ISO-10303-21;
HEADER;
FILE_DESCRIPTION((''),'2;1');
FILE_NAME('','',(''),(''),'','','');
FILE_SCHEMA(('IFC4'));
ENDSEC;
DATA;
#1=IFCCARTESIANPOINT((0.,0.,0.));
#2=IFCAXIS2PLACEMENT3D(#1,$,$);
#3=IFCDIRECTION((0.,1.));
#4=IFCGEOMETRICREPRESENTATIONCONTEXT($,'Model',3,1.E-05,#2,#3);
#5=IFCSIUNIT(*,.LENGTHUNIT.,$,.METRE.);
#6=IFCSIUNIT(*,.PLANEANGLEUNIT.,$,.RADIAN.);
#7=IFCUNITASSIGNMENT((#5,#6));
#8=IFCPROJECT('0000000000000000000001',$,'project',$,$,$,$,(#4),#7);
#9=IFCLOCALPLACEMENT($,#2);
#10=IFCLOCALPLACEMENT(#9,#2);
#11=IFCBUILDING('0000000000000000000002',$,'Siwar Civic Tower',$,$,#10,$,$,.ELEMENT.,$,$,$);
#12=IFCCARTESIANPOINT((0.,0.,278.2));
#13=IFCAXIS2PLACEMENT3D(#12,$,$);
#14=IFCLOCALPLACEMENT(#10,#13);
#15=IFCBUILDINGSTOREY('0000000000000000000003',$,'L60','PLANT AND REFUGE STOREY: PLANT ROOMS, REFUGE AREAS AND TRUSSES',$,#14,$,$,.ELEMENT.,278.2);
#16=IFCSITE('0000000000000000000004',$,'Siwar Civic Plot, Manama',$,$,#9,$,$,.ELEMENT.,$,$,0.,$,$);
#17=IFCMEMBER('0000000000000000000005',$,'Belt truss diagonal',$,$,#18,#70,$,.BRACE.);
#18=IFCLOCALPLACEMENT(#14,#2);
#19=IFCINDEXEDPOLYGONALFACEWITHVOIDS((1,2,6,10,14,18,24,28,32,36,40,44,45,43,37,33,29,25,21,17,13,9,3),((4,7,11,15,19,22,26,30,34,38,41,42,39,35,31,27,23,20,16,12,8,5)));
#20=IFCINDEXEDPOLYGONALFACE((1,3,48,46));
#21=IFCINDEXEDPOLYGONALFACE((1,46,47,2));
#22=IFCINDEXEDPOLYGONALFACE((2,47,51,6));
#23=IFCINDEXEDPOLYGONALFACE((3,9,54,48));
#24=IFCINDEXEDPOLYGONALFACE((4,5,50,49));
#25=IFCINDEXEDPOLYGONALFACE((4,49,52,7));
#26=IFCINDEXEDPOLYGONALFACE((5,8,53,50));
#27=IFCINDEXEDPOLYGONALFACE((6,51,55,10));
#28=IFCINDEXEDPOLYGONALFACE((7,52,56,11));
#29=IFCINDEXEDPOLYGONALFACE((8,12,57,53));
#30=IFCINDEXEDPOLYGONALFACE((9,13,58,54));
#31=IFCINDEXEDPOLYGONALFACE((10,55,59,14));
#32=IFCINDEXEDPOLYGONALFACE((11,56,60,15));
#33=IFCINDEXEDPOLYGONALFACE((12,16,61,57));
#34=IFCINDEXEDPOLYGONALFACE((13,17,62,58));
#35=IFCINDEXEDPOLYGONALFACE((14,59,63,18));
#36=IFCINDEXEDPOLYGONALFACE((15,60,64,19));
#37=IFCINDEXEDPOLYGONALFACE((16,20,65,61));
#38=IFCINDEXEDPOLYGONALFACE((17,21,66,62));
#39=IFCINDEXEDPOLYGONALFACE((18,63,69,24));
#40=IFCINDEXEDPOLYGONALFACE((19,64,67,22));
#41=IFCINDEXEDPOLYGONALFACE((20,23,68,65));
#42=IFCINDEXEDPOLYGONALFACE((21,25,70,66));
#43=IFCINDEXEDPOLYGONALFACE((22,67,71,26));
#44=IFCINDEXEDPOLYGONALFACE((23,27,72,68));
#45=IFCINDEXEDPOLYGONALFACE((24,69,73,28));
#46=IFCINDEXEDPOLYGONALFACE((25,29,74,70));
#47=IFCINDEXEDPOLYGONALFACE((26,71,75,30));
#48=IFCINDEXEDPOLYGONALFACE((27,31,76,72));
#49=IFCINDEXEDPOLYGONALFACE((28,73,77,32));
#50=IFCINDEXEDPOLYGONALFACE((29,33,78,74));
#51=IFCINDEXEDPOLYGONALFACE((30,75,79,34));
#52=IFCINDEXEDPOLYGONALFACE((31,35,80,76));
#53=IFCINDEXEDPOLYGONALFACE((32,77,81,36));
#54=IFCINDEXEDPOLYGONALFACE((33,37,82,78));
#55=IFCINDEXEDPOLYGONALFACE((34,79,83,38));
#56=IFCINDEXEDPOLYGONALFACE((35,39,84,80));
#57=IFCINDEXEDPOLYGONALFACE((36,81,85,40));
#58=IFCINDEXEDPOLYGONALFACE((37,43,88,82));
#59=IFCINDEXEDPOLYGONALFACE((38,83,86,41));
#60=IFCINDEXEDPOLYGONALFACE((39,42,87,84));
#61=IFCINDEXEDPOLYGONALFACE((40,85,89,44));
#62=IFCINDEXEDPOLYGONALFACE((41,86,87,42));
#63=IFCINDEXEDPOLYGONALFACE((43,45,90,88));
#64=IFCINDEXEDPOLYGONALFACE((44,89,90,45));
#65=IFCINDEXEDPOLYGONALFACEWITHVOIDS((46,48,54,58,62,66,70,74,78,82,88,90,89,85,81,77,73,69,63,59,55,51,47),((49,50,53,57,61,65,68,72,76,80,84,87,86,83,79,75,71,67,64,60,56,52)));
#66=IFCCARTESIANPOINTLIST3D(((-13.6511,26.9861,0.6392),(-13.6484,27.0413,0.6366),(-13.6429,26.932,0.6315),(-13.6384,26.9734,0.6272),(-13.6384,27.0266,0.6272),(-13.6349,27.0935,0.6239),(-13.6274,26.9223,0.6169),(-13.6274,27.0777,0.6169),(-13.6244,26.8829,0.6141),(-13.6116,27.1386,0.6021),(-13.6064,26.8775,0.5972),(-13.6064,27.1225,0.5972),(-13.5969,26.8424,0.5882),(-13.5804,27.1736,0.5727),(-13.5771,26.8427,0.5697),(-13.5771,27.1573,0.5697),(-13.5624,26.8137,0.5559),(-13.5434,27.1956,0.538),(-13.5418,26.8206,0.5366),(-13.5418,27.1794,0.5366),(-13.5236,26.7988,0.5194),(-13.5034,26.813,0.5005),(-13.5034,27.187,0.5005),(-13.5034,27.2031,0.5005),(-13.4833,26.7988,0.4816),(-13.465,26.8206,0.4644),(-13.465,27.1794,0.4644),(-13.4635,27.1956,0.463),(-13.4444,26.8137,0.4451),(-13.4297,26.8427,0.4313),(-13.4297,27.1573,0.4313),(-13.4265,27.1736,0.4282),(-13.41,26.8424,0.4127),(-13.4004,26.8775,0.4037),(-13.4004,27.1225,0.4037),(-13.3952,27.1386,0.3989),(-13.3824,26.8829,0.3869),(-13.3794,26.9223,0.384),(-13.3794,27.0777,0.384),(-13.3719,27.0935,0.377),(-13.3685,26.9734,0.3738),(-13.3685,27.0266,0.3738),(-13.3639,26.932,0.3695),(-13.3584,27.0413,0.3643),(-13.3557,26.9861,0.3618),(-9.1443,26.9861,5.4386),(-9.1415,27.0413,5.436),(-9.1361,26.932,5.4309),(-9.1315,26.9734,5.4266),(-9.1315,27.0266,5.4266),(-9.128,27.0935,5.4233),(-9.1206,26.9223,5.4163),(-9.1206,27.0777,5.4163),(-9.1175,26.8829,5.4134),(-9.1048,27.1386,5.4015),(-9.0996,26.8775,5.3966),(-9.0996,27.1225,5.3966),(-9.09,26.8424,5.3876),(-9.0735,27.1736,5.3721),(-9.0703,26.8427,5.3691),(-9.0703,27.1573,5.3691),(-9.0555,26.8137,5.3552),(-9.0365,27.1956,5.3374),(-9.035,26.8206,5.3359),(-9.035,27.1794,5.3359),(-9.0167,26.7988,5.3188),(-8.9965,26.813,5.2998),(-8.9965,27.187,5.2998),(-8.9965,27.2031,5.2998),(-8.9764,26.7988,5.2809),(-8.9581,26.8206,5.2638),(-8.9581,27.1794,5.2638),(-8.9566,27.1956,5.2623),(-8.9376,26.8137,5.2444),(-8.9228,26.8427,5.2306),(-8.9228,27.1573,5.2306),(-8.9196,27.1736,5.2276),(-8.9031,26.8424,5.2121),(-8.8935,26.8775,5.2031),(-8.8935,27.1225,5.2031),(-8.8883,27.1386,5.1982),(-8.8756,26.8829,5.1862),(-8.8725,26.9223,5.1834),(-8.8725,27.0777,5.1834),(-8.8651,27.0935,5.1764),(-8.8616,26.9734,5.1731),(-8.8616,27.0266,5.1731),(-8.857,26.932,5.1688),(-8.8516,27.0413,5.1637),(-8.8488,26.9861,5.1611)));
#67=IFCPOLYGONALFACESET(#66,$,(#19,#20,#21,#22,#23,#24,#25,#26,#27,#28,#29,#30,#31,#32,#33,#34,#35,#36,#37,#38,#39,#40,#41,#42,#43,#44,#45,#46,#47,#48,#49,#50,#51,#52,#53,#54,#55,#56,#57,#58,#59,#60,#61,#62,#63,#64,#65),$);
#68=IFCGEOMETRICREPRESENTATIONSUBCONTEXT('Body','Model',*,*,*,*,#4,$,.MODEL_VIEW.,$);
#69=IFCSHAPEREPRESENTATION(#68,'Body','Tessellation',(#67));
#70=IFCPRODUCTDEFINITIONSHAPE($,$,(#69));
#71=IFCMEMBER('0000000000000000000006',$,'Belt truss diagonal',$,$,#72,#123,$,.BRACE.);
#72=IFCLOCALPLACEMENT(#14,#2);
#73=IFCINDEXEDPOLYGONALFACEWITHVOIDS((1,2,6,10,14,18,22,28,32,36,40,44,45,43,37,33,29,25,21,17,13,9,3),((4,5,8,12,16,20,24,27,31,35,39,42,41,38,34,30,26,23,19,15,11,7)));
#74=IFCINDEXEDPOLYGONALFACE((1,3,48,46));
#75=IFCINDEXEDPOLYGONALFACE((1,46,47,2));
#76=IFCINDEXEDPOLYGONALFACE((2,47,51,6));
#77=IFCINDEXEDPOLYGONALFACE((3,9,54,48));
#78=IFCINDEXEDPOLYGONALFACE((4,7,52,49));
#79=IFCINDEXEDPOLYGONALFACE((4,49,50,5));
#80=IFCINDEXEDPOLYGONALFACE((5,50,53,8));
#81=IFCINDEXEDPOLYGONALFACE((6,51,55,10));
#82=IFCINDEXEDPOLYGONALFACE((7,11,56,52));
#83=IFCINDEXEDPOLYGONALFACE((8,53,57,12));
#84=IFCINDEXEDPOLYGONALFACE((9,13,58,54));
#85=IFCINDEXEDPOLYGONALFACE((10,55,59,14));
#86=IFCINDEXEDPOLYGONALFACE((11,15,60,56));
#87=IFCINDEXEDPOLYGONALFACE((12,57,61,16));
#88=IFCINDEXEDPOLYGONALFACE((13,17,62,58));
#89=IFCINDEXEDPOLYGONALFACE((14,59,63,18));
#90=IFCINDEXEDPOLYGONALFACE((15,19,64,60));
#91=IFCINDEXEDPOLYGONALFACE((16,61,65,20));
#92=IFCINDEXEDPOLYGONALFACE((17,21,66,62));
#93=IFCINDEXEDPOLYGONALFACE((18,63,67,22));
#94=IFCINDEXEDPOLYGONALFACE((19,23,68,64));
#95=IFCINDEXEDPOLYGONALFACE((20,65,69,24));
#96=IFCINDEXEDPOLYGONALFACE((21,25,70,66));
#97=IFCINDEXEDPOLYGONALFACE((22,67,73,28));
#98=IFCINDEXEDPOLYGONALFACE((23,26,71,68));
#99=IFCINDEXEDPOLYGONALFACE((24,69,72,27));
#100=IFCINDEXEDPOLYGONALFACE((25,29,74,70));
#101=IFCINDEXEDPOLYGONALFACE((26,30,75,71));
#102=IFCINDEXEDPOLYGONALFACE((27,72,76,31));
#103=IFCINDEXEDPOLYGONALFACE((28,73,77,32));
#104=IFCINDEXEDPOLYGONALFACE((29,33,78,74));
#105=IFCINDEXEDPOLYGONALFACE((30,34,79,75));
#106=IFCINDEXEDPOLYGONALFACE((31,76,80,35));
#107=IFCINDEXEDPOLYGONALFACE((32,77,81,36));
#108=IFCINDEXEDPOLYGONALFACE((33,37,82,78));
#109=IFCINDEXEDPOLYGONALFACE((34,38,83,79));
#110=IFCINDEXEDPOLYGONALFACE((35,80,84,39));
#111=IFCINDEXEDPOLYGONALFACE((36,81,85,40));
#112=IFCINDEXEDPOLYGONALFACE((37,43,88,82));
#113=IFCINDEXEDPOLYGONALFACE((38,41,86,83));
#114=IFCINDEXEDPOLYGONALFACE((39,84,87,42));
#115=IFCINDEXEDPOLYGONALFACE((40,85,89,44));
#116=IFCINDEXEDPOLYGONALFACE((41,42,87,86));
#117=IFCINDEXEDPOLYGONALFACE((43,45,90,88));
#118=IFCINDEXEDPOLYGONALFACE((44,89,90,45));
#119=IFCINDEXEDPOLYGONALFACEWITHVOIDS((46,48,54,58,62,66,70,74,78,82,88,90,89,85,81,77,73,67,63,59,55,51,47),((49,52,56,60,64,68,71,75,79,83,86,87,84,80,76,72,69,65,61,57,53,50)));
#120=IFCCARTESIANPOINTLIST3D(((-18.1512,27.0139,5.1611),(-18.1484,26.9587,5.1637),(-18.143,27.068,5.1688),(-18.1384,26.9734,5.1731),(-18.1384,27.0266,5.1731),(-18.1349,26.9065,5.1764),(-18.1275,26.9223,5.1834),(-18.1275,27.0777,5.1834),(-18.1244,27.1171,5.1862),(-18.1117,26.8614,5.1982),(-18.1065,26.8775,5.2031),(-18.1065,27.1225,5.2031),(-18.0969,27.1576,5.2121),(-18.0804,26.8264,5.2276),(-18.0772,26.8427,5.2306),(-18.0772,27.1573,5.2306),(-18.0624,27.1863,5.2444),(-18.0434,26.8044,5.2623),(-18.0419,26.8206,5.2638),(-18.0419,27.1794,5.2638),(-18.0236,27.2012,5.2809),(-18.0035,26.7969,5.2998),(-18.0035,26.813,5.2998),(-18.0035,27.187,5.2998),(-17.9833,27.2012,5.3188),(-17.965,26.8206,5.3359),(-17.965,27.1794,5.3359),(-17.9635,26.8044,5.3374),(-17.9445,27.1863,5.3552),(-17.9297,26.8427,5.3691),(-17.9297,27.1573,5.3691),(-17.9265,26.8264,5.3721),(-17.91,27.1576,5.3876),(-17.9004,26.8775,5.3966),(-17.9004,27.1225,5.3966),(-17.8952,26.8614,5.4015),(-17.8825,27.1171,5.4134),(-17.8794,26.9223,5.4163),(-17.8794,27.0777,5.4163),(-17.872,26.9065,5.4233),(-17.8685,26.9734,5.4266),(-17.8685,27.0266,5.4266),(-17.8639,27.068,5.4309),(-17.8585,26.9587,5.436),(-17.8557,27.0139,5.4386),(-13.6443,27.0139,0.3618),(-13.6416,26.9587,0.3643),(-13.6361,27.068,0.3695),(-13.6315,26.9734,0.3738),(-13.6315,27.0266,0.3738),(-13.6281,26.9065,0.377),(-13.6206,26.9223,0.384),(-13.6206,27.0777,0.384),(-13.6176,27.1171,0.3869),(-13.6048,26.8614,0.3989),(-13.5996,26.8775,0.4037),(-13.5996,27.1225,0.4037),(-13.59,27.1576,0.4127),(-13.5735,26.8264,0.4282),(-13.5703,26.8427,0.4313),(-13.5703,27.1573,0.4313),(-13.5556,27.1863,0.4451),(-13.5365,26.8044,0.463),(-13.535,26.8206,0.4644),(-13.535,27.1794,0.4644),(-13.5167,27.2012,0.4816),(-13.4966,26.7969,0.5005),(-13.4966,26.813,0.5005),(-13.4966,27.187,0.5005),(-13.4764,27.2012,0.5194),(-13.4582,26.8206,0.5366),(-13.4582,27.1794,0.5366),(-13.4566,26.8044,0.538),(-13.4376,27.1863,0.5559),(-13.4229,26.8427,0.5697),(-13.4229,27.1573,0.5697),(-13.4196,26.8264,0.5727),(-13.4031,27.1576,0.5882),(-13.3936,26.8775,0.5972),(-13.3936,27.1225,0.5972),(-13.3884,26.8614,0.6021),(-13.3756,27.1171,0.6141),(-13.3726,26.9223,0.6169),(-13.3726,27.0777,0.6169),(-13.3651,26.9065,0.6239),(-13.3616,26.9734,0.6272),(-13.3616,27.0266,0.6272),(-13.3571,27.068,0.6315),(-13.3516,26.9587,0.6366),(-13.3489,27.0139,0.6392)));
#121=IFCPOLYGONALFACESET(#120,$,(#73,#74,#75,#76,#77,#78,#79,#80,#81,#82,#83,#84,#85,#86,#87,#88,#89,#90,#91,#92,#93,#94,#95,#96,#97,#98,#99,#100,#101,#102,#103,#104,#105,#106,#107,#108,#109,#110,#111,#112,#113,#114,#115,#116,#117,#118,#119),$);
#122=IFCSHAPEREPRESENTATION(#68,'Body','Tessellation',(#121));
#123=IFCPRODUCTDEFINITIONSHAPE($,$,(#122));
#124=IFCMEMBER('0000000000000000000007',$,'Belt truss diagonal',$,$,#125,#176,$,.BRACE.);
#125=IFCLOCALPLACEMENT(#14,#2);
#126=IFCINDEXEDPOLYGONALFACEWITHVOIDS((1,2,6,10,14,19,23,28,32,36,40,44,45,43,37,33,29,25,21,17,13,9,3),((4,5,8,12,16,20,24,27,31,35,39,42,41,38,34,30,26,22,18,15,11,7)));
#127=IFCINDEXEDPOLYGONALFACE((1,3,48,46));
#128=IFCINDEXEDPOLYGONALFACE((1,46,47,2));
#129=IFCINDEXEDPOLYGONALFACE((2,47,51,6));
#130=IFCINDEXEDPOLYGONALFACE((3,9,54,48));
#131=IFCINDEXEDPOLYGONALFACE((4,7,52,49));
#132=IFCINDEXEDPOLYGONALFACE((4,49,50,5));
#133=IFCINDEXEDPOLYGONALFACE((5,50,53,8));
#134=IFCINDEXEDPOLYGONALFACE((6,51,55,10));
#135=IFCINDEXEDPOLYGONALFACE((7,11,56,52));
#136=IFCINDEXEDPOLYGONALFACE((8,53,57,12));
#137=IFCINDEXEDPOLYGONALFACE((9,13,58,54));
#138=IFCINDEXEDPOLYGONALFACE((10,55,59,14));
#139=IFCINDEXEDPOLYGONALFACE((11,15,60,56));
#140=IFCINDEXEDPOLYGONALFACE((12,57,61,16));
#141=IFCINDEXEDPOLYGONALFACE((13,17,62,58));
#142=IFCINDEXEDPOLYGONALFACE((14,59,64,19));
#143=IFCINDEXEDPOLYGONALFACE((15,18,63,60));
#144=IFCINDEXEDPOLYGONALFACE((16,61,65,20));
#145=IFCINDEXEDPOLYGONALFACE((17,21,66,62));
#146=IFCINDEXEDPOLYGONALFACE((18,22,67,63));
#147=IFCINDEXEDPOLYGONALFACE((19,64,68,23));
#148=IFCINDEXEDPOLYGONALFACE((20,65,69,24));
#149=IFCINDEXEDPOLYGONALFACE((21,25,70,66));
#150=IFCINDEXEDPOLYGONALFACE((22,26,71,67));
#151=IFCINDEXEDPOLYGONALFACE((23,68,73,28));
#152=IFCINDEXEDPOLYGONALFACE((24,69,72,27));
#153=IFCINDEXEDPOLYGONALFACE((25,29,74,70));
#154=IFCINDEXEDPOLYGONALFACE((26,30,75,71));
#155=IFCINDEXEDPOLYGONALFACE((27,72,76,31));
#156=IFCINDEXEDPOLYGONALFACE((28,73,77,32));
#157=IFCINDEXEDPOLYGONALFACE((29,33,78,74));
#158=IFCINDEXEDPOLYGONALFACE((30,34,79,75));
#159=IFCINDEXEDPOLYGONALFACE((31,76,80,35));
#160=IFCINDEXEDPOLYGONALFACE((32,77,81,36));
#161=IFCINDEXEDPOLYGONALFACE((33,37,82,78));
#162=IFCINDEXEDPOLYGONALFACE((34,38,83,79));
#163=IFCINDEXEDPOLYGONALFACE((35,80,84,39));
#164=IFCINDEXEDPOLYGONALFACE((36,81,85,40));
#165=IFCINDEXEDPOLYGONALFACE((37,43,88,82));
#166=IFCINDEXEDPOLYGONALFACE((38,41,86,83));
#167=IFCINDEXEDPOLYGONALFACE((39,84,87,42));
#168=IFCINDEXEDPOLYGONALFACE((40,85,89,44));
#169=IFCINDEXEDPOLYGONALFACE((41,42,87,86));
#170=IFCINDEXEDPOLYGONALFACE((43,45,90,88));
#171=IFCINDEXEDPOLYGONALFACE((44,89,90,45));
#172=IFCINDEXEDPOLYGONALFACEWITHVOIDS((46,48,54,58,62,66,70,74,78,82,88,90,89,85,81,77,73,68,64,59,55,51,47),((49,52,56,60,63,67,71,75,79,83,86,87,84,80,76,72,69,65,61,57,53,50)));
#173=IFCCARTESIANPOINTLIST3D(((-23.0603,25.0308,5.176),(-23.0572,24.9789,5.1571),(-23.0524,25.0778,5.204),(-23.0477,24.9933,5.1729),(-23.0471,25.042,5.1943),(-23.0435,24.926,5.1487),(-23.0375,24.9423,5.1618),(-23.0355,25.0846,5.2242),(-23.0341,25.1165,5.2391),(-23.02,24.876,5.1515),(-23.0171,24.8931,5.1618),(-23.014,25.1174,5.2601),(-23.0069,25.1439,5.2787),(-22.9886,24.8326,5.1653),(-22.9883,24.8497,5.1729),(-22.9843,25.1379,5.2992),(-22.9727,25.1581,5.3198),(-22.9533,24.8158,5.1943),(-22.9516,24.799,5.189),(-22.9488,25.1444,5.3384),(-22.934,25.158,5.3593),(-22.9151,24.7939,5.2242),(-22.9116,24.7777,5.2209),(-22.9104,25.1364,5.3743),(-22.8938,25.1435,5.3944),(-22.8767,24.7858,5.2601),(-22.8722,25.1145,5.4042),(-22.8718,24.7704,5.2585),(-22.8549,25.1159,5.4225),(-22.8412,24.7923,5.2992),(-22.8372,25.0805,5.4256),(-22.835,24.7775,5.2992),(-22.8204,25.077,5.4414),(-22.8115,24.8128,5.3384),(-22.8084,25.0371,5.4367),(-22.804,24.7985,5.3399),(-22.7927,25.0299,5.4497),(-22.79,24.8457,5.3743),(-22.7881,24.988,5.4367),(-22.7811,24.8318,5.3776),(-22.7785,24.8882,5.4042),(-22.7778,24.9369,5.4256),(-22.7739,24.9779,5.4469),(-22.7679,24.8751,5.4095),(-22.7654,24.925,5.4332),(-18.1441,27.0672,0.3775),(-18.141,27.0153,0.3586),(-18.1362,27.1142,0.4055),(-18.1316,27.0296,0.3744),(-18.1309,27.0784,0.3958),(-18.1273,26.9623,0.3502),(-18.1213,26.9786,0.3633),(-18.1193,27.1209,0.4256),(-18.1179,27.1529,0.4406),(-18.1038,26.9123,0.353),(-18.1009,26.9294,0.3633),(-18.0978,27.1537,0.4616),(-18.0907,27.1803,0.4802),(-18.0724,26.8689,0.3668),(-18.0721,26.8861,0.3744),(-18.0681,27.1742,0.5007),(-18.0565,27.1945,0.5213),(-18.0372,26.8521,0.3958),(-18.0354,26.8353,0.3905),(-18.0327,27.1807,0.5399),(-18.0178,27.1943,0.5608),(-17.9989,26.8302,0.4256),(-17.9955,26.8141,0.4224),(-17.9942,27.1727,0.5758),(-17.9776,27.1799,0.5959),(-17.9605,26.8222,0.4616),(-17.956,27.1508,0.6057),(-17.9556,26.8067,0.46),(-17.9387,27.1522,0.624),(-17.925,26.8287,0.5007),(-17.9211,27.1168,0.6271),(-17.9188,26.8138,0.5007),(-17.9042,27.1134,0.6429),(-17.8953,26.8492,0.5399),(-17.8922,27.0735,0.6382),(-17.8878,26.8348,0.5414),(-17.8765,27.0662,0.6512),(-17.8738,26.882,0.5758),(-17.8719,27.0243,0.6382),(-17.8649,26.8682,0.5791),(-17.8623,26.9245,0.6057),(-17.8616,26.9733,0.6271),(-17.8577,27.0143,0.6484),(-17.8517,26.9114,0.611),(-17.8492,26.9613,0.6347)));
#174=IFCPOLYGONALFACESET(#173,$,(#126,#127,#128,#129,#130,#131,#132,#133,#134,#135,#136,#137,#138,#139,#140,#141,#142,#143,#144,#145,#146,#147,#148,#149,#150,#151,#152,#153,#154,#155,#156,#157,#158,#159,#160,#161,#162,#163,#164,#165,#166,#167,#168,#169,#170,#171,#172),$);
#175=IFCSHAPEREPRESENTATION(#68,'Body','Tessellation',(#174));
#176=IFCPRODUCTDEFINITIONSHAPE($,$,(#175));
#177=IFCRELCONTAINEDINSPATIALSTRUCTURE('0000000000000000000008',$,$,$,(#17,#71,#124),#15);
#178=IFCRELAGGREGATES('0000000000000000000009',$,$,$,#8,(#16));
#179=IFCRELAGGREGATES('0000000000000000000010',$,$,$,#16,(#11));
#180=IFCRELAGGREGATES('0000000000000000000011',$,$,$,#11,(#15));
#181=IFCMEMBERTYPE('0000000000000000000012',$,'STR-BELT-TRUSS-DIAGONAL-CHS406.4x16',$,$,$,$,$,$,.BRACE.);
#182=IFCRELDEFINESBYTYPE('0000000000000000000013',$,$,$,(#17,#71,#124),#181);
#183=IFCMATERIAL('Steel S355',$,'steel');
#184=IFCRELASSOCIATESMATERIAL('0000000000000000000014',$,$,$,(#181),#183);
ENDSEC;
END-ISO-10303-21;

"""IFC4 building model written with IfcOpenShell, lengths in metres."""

from ifc_helpers import new_model, si_unit, direction, frame, origin, origin_2d, place, context, subcontext, project, spatial, hollow_circle, extrude, material, material_profile, profile_set, type_object, element, save


model = new_model("IFC4")

# Units and contexts
model_context = context("Model", 3, precision=1e-05, world=origin(), true_north=direction((0.0, 1.0)))
body_context = subcontext(model_context, "Body", "Model", "MODEL_VIEW")
ifc_project = project(units=[si_unit("LENGTHUNIT", "METRE"), si_unit("PLANEANGLEUNIT", "RADIAN")], contexts=[model_context])

# Site, building, storey
site_placement = place(None, origin())
site = spatial("IfcSite", under=ifc_project, at=site_placement, Name="Siwar Civic Plot, Manama", CompositionType="ELEMENT", RefElevation=0.0)
building_placement = place(site_placement, origin())
building = spatial("IfcBuilding", under=site, at=building_placement, Name="Siwar Civic Tower", CompositionType="ELEMENT")
storey_placement = place(building_placement, frame((0.0, 0.0, 278.2)))
storey = spatial("IfcBuildingStorey", under=building, at=storey_placement, Name="L60", Description="PLANT AND REFUGE STOREY: PLANT ROOMS, REFUGE AREAS AND TRUSSES", CompositionType="ELEMENT", Elevation=278.2)

# Members
ifc_material_1 = material(Name="Steel S355", Category="steel")
ifc_material_profile_1 = material_profile(ifc_material_1, hollow_circle(Radius=0.2031, WallThickness=0.0161, at=origin_2d()), Name="CHS406.4x16")
ifc_profile_set_1 = profile_set([ifc_material_profile_1], Name="Steel S355")
member_type_1 = type_object("IfcMemberType", Name="STR-BELT-TRUSS-DIAGONAL-CHS406.4x16", PredefinedType="BRACE", material=ifc_profile_set_1)
for number, where, z_axis, x_axis, name in (
    (1, (-13.5034, 27.0, 0.5005), (0.684545, 0.0, 0.72897), (0.0, 1.0, 0.0), "Belt truss diagonal"),
    (2, (-13.4966, 27.0, 0.5005), (-0.684545, 0.0, 0.72897), (0.0, -1.0, 0.0), "Belt truss diagonal"),
):
    element("IfcMember", number, at=place(storey_placement, frame(where, z_axis=z_axis, x_axis=x_axis)), inside=storey, type_object=member_type_1, Name=name, PredefinedType="BRACE", context=body_context, shape_type="SweptSolid", body=[
        extrude(hollow_circle(Radius=0.2031, WallThickness=0.0161, at=origin_2d()), origin(), (0.0, 0.0, 1.0), 6.5837),
    ])
member_1_placement = place(storey_placement, frame((-17.9966, 27.0015, 0.5007), z_axis=(-0.686112, -0.284196, 0.669689), x_axis=(0.382683, -0.92388, 0.0)))
element("IfcMember", 3, at=member_1_placement, inside=storey, type_object=member_type_1, Name="Belt truss diagonal", PredefinedType="BRACE", context=body_context, shape_type="SweptSolid", body=[
    extrude(hollow_circle(Radius=0.2031, WallThickness=0.0161, at=origin_2d()), origin(), (0.0, 0.0, 1.0), 7.1653),
])

save(model, "model.ifc")
